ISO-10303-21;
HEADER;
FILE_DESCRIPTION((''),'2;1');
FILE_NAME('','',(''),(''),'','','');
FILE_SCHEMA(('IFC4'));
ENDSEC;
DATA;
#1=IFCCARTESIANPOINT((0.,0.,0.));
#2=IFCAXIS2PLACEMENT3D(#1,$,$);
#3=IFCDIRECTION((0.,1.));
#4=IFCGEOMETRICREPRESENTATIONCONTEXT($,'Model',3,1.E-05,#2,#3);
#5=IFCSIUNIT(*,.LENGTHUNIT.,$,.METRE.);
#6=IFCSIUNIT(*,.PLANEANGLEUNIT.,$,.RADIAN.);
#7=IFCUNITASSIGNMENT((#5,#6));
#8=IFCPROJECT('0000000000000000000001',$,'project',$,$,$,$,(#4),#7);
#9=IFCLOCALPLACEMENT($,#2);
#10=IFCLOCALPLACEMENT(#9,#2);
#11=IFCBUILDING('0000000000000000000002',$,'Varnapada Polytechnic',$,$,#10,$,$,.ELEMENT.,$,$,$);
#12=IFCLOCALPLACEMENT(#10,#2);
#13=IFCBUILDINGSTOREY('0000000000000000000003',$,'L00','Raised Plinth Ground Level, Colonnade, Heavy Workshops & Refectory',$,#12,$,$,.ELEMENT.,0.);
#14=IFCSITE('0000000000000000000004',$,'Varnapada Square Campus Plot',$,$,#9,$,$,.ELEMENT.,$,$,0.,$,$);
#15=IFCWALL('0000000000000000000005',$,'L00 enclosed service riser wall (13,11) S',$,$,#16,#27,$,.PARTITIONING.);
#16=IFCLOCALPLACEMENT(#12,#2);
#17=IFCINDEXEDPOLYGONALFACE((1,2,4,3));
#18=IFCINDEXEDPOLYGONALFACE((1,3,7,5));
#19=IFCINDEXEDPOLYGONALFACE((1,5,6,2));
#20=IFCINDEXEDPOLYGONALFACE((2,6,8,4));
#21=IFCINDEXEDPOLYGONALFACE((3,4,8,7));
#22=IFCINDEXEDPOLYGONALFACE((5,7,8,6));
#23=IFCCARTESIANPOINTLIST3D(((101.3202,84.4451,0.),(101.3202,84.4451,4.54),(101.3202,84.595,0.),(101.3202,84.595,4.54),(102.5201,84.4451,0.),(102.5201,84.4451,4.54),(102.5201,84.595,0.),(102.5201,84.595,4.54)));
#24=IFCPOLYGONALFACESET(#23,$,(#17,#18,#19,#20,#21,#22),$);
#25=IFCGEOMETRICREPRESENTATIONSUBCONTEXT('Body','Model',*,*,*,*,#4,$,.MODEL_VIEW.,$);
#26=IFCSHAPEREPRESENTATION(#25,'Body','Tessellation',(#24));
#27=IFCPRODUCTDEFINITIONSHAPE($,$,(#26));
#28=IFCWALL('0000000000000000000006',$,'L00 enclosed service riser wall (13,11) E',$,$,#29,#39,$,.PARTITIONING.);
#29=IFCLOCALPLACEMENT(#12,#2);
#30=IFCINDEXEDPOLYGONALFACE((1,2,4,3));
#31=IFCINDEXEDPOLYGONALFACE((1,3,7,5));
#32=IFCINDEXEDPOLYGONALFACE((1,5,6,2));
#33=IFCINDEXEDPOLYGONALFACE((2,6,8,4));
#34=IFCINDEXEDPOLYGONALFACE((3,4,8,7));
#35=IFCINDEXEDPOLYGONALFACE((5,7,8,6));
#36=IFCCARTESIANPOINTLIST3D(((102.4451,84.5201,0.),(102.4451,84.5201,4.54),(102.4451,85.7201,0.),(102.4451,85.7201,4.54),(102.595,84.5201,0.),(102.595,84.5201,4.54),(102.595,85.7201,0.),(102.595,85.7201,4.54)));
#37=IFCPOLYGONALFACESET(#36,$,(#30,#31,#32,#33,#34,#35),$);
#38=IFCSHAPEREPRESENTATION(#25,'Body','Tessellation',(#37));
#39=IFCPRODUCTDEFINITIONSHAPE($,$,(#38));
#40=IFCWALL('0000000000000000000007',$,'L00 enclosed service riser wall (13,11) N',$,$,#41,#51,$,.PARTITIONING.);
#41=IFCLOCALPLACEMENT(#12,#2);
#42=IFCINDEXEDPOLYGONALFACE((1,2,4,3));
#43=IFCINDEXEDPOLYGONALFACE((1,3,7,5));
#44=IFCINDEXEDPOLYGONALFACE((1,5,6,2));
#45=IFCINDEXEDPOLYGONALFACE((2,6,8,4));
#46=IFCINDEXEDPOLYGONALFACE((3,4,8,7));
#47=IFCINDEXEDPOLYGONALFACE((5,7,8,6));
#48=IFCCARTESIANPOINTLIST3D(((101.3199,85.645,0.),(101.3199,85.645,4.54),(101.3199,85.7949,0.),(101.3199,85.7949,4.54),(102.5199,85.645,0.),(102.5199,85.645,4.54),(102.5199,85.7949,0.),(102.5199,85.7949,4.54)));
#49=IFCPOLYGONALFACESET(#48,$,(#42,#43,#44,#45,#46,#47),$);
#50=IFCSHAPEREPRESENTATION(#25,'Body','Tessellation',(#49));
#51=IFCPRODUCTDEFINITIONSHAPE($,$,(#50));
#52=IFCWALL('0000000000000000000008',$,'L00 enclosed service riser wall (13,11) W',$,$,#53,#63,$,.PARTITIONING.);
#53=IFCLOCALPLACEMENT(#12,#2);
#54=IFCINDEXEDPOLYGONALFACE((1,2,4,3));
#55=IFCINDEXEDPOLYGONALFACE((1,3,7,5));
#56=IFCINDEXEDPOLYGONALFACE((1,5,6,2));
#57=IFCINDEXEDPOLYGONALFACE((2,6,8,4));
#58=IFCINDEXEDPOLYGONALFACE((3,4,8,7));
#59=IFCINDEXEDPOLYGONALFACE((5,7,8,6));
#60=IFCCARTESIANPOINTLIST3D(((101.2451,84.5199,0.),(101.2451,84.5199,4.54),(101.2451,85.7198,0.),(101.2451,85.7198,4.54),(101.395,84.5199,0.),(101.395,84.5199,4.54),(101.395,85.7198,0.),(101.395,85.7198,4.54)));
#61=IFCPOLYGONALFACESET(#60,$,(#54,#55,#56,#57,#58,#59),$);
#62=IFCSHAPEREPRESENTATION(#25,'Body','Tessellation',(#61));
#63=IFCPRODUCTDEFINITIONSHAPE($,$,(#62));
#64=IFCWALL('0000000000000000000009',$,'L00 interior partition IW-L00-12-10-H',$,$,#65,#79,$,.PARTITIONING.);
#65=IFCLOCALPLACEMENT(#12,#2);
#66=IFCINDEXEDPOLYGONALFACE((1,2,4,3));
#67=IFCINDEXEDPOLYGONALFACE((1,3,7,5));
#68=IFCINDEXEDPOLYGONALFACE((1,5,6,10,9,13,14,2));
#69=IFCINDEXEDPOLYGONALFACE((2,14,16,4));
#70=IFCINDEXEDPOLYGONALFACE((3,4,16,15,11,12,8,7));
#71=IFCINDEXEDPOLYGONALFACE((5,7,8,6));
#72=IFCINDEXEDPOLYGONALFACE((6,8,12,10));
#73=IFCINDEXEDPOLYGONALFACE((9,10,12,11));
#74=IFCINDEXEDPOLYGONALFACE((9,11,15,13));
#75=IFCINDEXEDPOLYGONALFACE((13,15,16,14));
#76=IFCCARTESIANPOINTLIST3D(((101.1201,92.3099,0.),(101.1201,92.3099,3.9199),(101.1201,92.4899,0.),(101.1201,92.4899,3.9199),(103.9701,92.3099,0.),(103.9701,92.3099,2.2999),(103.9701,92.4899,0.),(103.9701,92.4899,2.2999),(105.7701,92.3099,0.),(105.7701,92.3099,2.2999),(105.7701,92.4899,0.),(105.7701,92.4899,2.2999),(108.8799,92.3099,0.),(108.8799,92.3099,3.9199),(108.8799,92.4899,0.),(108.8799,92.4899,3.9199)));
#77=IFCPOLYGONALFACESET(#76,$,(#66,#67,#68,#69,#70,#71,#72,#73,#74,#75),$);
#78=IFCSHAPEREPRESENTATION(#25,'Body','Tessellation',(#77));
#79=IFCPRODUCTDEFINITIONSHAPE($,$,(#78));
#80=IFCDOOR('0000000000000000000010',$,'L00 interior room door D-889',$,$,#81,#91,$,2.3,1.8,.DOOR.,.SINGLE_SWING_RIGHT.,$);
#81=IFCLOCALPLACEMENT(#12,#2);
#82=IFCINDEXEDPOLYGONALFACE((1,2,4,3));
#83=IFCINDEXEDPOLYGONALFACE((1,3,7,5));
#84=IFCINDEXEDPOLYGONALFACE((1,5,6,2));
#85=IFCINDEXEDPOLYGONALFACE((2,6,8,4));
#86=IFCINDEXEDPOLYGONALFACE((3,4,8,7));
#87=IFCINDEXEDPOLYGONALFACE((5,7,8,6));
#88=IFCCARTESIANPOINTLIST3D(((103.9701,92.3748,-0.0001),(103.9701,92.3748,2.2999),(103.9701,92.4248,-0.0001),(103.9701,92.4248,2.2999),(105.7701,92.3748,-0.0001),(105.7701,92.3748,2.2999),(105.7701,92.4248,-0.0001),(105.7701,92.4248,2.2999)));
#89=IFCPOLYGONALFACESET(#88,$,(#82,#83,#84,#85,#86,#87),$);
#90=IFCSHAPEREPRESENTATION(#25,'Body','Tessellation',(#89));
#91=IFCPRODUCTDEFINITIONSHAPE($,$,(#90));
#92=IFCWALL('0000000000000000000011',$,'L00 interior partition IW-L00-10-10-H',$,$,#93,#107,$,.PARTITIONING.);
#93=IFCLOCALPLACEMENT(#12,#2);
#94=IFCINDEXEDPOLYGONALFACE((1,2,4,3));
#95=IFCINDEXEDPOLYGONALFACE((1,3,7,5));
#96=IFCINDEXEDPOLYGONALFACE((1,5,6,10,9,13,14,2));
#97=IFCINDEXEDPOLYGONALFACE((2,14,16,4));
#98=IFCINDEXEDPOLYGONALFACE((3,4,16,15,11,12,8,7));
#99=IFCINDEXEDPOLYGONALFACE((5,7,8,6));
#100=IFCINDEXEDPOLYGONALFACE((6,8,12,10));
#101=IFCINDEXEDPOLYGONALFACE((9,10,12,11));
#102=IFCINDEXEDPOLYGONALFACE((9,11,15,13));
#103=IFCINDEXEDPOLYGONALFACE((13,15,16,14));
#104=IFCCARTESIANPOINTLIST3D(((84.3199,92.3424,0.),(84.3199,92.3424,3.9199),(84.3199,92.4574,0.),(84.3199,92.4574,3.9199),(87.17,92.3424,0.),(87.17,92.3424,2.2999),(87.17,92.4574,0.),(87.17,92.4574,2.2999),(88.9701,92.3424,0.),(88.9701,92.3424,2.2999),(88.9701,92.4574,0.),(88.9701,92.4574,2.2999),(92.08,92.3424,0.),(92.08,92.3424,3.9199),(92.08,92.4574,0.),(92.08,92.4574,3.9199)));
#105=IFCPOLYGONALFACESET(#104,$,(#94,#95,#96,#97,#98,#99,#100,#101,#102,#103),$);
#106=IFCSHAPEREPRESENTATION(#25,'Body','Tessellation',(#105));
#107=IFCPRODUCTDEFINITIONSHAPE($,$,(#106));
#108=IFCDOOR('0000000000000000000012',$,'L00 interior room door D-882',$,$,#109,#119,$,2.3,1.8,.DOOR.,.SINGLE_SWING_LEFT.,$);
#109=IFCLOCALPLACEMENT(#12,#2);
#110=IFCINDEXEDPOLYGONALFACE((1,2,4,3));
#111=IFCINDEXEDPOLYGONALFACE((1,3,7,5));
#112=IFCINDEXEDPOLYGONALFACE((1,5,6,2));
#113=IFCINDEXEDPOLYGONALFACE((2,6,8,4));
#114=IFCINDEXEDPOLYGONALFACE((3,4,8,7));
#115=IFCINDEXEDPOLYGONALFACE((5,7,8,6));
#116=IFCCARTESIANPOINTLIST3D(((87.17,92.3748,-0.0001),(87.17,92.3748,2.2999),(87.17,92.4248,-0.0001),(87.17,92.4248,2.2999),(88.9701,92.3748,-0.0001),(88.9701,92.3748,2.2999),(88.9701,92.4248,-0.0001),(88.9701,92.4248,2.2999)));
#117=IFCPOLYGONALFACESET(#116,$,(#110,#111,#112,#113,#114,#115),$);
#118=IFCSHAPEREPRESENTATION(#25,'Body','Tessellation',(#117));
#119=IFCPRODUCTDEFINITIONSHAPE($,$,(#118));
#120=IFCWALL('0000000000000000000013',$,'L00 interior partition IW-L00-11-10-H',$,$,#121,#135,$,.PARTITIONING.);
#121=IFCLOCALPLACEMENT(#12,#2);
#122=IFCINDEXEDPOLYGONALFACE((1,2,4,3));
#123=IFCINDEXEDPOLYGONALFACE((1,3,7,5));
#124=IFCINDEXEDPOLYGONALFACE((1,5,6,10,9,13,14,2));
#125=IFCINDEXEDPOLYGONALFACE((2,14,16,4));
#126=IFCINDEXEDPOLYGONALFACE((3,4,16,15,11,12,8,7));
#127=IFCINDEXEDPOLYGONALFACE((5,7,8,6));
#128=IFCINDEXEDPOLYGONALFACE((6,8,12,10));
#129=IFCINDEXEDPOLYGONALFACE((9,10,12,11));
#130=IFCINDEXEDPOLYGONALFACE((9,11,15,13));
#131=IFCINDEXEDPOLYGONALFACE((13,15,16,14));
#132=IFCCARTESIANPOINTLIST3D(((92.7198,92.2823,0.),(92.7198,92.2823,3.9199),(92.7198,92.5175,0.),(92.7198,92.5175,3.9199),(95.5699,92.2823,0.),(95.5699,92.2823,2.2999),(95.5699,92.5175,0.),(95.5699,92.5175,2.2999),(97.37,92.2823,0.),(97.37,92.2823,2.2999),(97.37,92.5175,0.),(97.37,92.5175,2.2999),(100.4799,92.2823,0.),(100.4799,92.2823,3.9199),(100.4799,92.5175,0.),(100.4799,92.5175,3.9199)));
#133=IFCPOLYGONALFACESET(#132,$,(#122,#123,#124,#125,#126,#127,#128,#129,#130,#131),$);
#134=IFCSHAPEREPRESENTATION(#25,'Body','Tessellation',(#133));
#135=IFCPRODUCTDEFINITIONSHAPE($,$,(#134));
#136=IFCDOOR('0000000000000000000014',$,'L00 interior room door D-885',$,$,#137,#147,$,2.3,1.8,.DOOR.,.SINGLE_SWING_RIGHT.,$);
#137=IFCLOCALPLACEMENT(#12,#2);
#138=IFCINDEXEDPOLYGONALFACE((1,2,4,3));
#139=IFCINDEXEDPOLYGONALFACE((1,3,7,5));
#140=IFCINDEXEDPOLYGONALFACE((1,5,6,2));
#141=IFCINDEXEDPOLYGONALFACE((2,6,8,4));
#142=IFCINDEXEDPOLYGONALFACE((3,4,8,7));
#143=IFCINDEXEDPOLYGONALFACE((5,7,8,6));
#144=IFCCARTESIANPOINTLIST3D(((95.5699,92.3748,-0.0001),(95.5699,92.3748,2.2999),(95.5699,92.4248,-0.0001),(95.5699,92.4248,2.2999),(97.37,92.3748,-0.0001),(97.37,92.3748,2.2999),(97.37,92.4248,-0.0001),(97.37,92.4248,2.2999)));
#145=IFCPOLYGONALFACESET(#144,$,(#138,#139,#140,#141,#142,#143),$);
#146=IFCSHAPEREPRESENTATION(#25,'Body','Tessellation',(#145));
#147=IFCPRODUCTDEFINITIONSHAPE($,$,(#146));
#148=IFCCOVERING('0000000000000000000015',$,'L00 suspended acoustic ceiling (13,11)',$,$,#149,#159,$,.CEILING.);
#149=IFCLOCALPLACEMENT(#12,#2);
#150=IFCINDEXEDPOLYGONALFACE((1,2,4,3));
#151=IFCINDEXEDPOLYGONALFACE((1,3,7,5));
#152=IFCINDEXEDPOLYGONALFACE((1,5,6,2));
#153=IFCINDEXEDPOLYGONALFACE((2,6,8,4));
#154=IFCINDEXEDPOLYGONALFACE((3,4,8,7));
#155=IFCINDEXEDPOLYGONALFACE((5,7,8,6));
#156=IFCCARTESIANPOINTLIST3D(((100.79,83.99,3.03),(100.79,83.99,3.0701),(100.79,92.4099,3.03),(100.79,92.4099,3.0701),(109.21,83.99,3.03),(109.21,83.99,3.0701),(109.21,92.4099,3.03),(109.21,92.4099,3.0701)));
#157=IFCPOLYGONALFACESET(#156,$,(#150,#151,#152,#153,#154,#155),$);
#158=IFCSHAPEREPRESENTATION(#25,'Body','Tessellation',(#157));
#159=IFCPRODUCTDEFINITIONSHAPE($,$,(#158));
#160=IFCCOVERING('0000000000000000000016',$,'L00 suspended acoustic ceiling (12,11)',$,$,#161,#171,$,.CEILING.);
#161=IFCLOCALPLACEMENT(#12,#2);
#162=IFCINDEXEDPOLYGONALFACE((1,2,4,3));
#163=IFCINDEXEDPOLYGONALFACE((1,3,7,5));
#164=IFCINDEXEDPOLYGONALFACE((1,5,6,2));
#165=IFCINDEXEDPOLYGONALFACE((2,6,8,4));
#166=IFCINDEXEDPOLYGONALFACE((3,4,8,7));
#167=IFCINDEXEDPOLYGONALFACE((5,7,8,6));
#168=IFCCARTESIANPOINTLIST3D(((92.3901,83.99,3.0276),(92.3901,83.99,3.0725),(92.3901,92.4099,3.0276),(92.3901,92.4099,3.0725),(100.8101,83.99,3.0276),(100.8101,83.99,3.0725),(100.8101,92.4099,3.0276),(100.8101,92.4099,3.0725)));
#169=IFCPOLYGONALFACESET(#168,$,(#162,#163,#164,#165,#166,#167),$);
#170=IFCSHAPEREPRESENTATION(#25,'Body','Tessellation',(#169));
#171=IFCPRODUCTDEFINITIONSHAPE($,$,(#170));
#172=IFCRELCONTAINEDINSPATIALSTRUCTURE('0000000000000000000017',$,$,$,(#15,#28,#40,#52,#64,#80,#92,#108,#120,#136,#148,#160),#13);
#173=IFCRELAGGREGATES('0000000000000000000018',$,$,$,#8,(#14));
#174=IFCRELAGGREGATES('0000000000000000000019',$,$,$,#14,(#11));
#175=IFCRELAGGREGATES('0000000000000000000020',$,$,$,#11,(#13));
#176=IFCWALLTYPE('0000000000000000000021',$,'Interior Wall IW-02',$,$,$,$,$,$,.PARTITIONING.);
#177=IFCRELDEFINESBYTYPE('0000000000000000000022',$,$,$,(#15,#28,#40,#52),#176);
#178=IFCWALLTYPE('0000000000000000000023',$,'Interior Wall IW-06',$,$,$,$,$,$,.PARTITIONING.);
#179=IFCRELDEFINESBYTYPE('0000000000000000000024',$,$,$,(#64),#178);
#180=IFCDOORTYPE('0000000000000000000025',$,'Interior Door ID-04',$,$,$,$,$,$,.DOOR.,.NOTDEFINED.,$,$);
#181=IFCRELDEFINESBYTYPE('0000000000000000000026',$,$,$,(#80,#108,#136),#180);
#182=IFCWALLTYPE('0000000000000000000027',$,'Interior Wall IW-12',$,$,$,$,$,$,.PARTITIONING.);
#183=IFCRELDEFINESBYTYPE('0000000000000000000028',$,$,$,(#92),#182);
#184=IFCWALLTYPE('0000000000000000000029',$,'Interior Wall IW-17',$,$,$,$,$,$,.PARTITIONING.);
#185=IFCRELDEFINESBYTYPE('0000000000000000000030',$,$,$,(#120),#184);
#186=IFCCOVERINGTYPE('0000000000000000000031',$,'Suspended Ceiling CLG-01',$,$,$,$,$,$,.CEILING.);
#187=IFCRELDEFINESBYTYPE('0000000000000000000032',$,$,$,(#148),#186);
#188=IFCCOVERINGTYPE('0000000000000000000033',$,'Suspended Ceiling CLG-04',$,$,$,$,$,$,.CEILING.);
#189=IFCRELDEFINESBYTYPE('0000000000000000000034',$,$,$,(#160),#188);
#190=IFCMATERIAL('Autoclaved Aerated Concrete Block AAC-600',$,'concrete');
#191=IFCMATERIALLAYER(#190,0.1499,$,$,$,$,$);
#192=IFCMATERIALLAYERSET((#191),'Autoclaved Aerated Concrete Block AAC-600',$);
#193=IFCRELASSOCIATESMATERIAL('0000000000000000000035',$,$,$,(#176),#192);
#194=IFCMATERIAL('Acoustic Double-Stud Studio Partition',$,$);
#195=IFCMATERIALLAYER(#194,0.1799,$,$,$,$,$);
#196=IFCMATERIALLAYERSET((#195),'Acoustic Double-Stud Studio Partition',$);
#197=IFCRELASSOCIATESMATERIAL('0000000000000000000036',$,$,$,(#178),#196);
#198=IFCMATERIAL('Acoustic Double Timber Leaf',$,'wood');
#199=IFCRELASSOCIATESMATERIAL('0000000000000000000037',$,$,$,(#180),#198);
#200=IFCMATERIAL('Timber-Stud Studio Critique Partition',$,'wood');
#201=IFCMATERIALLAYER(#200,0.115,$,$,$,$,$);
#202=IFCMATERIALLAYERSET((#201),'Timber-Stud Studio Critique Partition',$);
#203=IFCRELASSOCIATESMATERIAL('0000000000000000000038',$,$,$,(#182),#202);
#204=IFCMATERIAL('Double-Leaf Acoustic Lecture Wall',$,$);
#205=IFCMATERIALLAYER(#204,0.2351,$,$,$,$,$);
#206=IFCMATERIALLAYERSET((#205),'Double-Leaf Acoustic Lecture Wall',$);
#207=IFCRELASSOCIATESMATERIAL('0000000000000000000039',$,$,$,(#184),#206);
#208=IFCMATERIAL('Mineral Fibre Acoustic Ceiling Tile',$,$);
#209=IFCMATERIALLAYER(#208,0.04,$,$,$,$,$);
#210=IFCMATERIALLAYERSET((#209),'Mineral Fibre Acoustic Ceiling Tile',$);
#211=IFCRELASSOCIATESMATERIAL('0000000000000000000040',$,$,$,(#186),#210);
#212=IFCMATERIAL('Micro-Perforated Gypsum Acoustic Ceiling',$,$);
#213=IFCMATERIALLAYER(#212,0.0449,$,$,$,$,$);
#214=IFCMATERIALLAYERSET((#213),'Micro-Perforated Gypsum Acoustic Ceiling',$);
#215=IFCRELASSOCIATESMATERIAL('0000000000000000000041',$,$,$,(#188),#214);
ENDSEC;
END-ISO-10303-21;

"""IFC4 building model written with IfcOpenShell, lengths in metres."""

from ifc_helpers import new_model, si_unit, direction, frame, frame_2d, origin, origin_2d, place, context, subcontext, project, spatial, rectangle, extrude, material, layer, layer_set, type_object, element, fill, save


model = new_model("IFC4")

# Units and contexts
model_context = context("Model", 3, precision=1e-05, world=origin(), true_north=direction((0.0, 1.0)))
body_context = subcontext(model_context, "Body", "Model", "MODEL_VIEW")
ifc_project = project(units=[si_unit("LENGTHUNIT", "METRE"), si_unit("PLANEANGLEUNIT", "RADIAN")], contexts=[model_context])

# Site, building, storey
site_placement = place(None, origin())
site = spatial("IfcSite", under=ifc_project, at=site_placement, Name="Varnapada Square Campus Plot", CompositionType="ELEMENT", RefElevation=0.0)
building_placement = place(site_placement, origin())
building = spatial("IfcBuilding", under=site, at=building_placement, Name="Varnapada Polytechnic", CompositionType="ELEMENT")
storey_placement = place(building_placement, origin())
storey = spatial("IfcBuildingStorey", under=building, at=storey_placement, Name="L00", Description="Raised Plinth Ground Level, Colonnade, Heavy Workshops & Refectory", CompositionType="ELEMENT", Elevation=0.0)

# Walls
ifc_material_1 = material(Name="Autoclaved Aerated Concrete Block AAC-600", Category="concrete")
ifc_layer_1 = layer(ifc_material_1, 0.1499)
ifc_layer_set_1 = layer_set([ifc_layer_1], Name="Autoclaved Aerated Concrete Block AAC-600")
wall_type_1 = type_object("IfcWallType", Name="Interior Wall IW-02", PredefinedType="PARTITIONING", material=ifc_layer_set_1)
for number, where, z_axis, x_axis, name in (
    (1, (101.3201, 84.52, 0.0), (0.0, 0.0, 1.0), (1.0, 0.0, 0.0), "L00 enclosed service riser wall (13,11) S"),
    (2, (102.52, 84.52, 0.0), (0.0, 0.0, 1.0), (0.0, 1.0, 0.0), "L00 enclosed service riser wall (13,11) E"),
    (3, (102.52, 85.72, 0.0), (0.0, 0.0, 1.0), (-1.0, 0.0, 0.0), "L00 enclosed service riser wall (13,11) N"),
    (4, (101.3201, 85.72, 0.0), (0.0, 0.0, 1.0), (0.0, -1.0, 0.0), "L00 enclosed service riser wall (13,11) W"),
):
    element("IfcWall", number, at=place(storey_placement, frame(where, z_axis=z_axis, x_axis=x_axis)), inside=storey, type_object=wall_type_1, Name=name, PredefinedType="PARTITIONING", context=body_context, shape_type="SweptSolid", body=[
        extrude(rectangle(XDim=1.2, YDim=0.1499, at=frame_2d((0.6001, 0.0))), origin(), (0.0, 0.0, 1.0), 4.54),
    ])

# Walls, openings, doors
ifc_material_2 = material(Name="Acoustic Double-Stud Studio Partition")
ifc_layer_2 = layer(ifc_material_2, 0.1799)
ifc_layer_set_2 = layer_set([ifc_layer_2], Name="Acoustic Double-Stud Studio Partition")
wall_type_2 = type_object("IfcWallType", Name="Interior Wall IW-06", PredefinedType="PARTITIONING", material=ifc_layer_set_2)
wall_1_placement = place(storey_placement, frame((101.1201, 92.3999, 0.0), z_axis=(0.0, 0.0, 1.0), x_axis=(1.0, 0.0, 0.0)))
wall_1 = element("IfcWall", 5, at=wall_1_placement, inside=storey, type_object=wall_type_2, Name="L00 interior partition IW-L00-12-10-H", PredefinedType="PARTITIONING", context=body_context, shape_type="SweptSolid", body=[
    extrude(rectangle(XDim=7.7598, YDim=0.1799, at=frame_2d((3.8799, 0.0))), origin(), (0.0, 0.0, 1.0), 3.9199),
])
opening_1_placement = place(wall_1_placement, frame((2.8501, 0.0, 0.0)))
opening_1 = element("IfcOpeningElement", 6, at=opening_1_placement, cuts=wall_1, PredefinedType="OPENING", context=body_context, shape_type="SweptSolid", body=[
    extrude(rectangle(XDim=1.8, YDim=2.3, at=frame_2d((0.8999, 1.1499))), frame((0.0, 0.0999, 0.0), z_axis=(0.0, -1.0, 0.0), x_axis=(1.0, 0.0, 0.0)), (0.0, 0.0, 1.0), 0.2),
])
ifc_material_3 = material(Name="Acoustic Double Timber Leaf", Category="wood")
door_type = type_object("IfcDoorType", Name="Interior Door ID-04", OperationType="NOTDEFINED", PredefinedType="DOOR", material=ifc_material_3)
door_1_placement = place(opening_1_placement, origin())
door_1 = element("IfcDoor", 7, at=door_1_placement, inside=storey, type_object=door_type, Name="L00 interior room door D-889", OperationType="SINGLE_SWING_RIGHT", OverallHeight=2.3, OverallWidth=1.8, PredefinedType="DOOR", context=body_context, shape_type="SweptSolid", body=[
    extrude(rectangle(XDim=1.8, YDim=2.3, at=frame_2d((0.8999, 1.1499))), frame((0.0, 0.0249, 0.0), z_axis=(0.0, -1.0, 0.0), x_axis=(1.0, 0.0, 0.0)), (0.0, 0.0, 1.0), 0.05),
])
fill(opening_1, door_1)
ifc_material_4 = material(Name="Timber-Stud Studio Critique Partition", Category="wood")
ifc_layer_3 = layer(ifc_material_4, 0.115)
ifc_layer_set_3 = layer_set([ifc_layer_3], Name="Timber-Stud Studio Critique Partition")
wall_type_3 = type_object("IfcWallType", Name="Interior Wall IW-12", PredefinedType="PARTITIONING", material=ifc_layer_set_3)
wall_2_placement = place(storey_placement, frame((84.3201, 92.3999, 0.0), z_axis=(0.0, 0.0, 1.0), x_axis=(1.0, 0.0, 0.0)))
wall_2 = element("IfcWall", 8, at=wall_2_placement, inside=storey, type_object=wall_type_3, Name="L00 interior partition IW-L00-10-10-H", PredefinedType="PARTITIONING", context=body_context, shape_type="SweptSolid", body=[
    extrude(rectangle(XDim=7.76, YDim=0.115, at=frame_2d((3.8799, 0.0))), origin(), (0.0, 0.0, 1.0), 3.9199),
])
opening_2_placement = place(wall_2_placement, frame((2.8501, 0.0, 0.0)))
opening_2 = element("IfcOpeningElement", 9, at=opening_2_placement, cuts=wall_2, PredefinedType="OPENING", context=body_context, shape_type="SweptSolid", body=[
    extrude(rectangle(XDim=1.8, YDim=2.3, at=frame_2d((0.8999, 1.1499))), frame((0.0, 0.0674, 0.0), z_axis=(0.0, -1.0, 0.0), x_axis=(1.0, 0.0, 0.0)), (0.0, 0.0, 1.0), 0.135),
])
door_2_placement = place(opening_2_placement, origin())
door_2 = element("IfcDoor", 10, at=door_2_placement, inside=storey, type_object=door_type, Name="L00 interior room door D-882", OperationType="SINGLE_SWING_LEFT", OverallHeight=2.3, OverallWidth=1.8, PredefinedType="DOOR", context=body_context, shape_type="SweptSolid", body=[
    extrude(rectangle(XDim=1.8, YDim=2.3, at=frame_2d((0.8999, 1.1499))), frame((0.0, 0.0249, 0.0), z_axis=(0.0, -1.0, 0.0), x_axis=(1.0, 0.0, 0.0)), (0.0, 0.0, 1.0), 0.05),
])
fill(opening_2, door_2)
ifc_material_5 = material(Name="Double-Leaf Acoustic Lecture Wall")
ifc_layer_4 = layer(ifc_material_5, 0.2351)
ifc_layer_set_4 = layer_set([ifc_layer_4], Name="Double-Leaf Acoustic Lecture Wall")
wall_type_4 = type_object("IfcWallType", Name="Interior Wall IW-17", PredefinedType="PARTITIONING", material=ifc_layer_set_4)
wall_3_placement = place(storey_placement, frame((92.72, 92.3999, 0.0), z_axis=(0.0, 0.0, 1.0), x_axis=(1.0, 0.0, 0.0)))
wall_3 = element("IfcWall", 11, at=wall_3_placement, inside=storey, type_object=wall_type_4, Name="L00 interior partition IW-L00-11-10-H", PredefinedType="PARTITIONING", context=body_context, shape_type="SweptSolid", body=[
    extrude(rectangle(XDim=7.76, YDim=0.2351, at=frame_2d((3.8799, 0.0))), origin(), (0.0, 0.0, 1.0), 3.9199),
])
opening_3_placement = place(wall_3_placement, frame((2.8501, 0.0, 0.0)))
opening_3 = element("IfcOpeningElement", 12, at=opening_3_placement, cuts=wall_3, PredefinedType="OPENING", context=body_context, shape_type="SweptSolid", body=[
    extrude(rectangle(XDim=1.8, YDim=2.3, at=frame_2d((0.8999, 1.1499))), frame((0.0, 0.1274, 0.0), z_axis=(0.0, -1.0, 0.0), x_axis=(1.0, 0.0, 0.0)), (0.0, 0.0, 1.0), 0.2551),
])
door_3_placement = place(opening_3_placement, origin())
door_3 = element("IfcDoor", 13, at=door_3_placement, inside=storey, type_object=door_type, Name="L00 interior room door D-885", OperationType="SINGLE_SWING_RIGHT", OverallHeight=2.3, OverallWidth=1.8, PredefinedType="DOOR", context=body_context, shape_type="SweptSolid", body=[
    extrude(rectangle(XDim=1.8, YDim=2.3, at=frame_2d((0.8999, 1.1499))), frame((0.0, 0.0249, 0.0), z_axis=(0.0, -1.0, 0.0), x_axis=(1.0, 0.0, 0.0)), (0.0, 0.0, 1.0), 0.05),
])
fill(opening_3, door_3)

# Coverings
ifc_material_6 = material(Name="Mineral Fibre Acoustic Ceiling Tile")
ifc_layer_5 = layer(ifc_material_6, 0.04)
ifc_layer_set_5 = layer_set([ifc_layer_5], Name="Mineral Fibre Acoustic Ceiling Tile")
covering_type_1 = type_object("IfcCoveringType", Name="Suspended Ceiling CLG-01", PredefinedType="CEILING", material=ifc_layer_set_5)
covering_1_placement = place(storey_placement, frame((105.0, 88.2, 3.03), z_axis=(0.0, 0.0, 1.0), x_axis=(1.0, 0.0, 0.0)))
element("IfcCovering", 14, at=covering_1_placement, inside=storey, type_object=covering_type_1, Name="L00 suspended acoustic ceiling (13,11)", PredefinedType="CEILING", context=body_context, shape_type="SweptSolid", body=[
    extrude(rectangle(XDim=8.4199, YDim=8.4199, at=origin_2d()), origin(), (0.0, 0.0, 1.0), 0.04),
])
ifc_material_7 = material(Name="Micro-Perforated Gypsum Acoustic Ceiling")
ifc_layer_6 = layer(ifc_material_7, 0.0449)
ifc_layer_set_6 = layer_set([ifc_layer_6], Name="Micro-Perforated Gypsum Acoustic Ceiling")
covering_type_2 = type_object("IfcCoveringType", Name="Suspended Ceiling CLG-04", PredefinedType="CEILING", material=ifc_layer_set_6)
covering_2_placement = place(storey_placement, frame((96.6001, 88.2, 3.0276), z_axis=(0.0, 0.0, 1.0), x_axis=(1.0, 0.0, 0.0)))
element("IfcCovering", 15, at=covering_2_placement, inside=storey, type_object=covering_type_2, Name="L00 suspended acoustic ceiling (12,11)", PredefinedType="CEILING", context=body_context, shape_type="SweptSolid", body=[
    extrude(rectangle(XDim=8.4199, YDim=8.4199, at=origin_2d()), origin(), (0.0, 0.0, 1.0), 0.0449),
])

save(model, "model.ifc")
